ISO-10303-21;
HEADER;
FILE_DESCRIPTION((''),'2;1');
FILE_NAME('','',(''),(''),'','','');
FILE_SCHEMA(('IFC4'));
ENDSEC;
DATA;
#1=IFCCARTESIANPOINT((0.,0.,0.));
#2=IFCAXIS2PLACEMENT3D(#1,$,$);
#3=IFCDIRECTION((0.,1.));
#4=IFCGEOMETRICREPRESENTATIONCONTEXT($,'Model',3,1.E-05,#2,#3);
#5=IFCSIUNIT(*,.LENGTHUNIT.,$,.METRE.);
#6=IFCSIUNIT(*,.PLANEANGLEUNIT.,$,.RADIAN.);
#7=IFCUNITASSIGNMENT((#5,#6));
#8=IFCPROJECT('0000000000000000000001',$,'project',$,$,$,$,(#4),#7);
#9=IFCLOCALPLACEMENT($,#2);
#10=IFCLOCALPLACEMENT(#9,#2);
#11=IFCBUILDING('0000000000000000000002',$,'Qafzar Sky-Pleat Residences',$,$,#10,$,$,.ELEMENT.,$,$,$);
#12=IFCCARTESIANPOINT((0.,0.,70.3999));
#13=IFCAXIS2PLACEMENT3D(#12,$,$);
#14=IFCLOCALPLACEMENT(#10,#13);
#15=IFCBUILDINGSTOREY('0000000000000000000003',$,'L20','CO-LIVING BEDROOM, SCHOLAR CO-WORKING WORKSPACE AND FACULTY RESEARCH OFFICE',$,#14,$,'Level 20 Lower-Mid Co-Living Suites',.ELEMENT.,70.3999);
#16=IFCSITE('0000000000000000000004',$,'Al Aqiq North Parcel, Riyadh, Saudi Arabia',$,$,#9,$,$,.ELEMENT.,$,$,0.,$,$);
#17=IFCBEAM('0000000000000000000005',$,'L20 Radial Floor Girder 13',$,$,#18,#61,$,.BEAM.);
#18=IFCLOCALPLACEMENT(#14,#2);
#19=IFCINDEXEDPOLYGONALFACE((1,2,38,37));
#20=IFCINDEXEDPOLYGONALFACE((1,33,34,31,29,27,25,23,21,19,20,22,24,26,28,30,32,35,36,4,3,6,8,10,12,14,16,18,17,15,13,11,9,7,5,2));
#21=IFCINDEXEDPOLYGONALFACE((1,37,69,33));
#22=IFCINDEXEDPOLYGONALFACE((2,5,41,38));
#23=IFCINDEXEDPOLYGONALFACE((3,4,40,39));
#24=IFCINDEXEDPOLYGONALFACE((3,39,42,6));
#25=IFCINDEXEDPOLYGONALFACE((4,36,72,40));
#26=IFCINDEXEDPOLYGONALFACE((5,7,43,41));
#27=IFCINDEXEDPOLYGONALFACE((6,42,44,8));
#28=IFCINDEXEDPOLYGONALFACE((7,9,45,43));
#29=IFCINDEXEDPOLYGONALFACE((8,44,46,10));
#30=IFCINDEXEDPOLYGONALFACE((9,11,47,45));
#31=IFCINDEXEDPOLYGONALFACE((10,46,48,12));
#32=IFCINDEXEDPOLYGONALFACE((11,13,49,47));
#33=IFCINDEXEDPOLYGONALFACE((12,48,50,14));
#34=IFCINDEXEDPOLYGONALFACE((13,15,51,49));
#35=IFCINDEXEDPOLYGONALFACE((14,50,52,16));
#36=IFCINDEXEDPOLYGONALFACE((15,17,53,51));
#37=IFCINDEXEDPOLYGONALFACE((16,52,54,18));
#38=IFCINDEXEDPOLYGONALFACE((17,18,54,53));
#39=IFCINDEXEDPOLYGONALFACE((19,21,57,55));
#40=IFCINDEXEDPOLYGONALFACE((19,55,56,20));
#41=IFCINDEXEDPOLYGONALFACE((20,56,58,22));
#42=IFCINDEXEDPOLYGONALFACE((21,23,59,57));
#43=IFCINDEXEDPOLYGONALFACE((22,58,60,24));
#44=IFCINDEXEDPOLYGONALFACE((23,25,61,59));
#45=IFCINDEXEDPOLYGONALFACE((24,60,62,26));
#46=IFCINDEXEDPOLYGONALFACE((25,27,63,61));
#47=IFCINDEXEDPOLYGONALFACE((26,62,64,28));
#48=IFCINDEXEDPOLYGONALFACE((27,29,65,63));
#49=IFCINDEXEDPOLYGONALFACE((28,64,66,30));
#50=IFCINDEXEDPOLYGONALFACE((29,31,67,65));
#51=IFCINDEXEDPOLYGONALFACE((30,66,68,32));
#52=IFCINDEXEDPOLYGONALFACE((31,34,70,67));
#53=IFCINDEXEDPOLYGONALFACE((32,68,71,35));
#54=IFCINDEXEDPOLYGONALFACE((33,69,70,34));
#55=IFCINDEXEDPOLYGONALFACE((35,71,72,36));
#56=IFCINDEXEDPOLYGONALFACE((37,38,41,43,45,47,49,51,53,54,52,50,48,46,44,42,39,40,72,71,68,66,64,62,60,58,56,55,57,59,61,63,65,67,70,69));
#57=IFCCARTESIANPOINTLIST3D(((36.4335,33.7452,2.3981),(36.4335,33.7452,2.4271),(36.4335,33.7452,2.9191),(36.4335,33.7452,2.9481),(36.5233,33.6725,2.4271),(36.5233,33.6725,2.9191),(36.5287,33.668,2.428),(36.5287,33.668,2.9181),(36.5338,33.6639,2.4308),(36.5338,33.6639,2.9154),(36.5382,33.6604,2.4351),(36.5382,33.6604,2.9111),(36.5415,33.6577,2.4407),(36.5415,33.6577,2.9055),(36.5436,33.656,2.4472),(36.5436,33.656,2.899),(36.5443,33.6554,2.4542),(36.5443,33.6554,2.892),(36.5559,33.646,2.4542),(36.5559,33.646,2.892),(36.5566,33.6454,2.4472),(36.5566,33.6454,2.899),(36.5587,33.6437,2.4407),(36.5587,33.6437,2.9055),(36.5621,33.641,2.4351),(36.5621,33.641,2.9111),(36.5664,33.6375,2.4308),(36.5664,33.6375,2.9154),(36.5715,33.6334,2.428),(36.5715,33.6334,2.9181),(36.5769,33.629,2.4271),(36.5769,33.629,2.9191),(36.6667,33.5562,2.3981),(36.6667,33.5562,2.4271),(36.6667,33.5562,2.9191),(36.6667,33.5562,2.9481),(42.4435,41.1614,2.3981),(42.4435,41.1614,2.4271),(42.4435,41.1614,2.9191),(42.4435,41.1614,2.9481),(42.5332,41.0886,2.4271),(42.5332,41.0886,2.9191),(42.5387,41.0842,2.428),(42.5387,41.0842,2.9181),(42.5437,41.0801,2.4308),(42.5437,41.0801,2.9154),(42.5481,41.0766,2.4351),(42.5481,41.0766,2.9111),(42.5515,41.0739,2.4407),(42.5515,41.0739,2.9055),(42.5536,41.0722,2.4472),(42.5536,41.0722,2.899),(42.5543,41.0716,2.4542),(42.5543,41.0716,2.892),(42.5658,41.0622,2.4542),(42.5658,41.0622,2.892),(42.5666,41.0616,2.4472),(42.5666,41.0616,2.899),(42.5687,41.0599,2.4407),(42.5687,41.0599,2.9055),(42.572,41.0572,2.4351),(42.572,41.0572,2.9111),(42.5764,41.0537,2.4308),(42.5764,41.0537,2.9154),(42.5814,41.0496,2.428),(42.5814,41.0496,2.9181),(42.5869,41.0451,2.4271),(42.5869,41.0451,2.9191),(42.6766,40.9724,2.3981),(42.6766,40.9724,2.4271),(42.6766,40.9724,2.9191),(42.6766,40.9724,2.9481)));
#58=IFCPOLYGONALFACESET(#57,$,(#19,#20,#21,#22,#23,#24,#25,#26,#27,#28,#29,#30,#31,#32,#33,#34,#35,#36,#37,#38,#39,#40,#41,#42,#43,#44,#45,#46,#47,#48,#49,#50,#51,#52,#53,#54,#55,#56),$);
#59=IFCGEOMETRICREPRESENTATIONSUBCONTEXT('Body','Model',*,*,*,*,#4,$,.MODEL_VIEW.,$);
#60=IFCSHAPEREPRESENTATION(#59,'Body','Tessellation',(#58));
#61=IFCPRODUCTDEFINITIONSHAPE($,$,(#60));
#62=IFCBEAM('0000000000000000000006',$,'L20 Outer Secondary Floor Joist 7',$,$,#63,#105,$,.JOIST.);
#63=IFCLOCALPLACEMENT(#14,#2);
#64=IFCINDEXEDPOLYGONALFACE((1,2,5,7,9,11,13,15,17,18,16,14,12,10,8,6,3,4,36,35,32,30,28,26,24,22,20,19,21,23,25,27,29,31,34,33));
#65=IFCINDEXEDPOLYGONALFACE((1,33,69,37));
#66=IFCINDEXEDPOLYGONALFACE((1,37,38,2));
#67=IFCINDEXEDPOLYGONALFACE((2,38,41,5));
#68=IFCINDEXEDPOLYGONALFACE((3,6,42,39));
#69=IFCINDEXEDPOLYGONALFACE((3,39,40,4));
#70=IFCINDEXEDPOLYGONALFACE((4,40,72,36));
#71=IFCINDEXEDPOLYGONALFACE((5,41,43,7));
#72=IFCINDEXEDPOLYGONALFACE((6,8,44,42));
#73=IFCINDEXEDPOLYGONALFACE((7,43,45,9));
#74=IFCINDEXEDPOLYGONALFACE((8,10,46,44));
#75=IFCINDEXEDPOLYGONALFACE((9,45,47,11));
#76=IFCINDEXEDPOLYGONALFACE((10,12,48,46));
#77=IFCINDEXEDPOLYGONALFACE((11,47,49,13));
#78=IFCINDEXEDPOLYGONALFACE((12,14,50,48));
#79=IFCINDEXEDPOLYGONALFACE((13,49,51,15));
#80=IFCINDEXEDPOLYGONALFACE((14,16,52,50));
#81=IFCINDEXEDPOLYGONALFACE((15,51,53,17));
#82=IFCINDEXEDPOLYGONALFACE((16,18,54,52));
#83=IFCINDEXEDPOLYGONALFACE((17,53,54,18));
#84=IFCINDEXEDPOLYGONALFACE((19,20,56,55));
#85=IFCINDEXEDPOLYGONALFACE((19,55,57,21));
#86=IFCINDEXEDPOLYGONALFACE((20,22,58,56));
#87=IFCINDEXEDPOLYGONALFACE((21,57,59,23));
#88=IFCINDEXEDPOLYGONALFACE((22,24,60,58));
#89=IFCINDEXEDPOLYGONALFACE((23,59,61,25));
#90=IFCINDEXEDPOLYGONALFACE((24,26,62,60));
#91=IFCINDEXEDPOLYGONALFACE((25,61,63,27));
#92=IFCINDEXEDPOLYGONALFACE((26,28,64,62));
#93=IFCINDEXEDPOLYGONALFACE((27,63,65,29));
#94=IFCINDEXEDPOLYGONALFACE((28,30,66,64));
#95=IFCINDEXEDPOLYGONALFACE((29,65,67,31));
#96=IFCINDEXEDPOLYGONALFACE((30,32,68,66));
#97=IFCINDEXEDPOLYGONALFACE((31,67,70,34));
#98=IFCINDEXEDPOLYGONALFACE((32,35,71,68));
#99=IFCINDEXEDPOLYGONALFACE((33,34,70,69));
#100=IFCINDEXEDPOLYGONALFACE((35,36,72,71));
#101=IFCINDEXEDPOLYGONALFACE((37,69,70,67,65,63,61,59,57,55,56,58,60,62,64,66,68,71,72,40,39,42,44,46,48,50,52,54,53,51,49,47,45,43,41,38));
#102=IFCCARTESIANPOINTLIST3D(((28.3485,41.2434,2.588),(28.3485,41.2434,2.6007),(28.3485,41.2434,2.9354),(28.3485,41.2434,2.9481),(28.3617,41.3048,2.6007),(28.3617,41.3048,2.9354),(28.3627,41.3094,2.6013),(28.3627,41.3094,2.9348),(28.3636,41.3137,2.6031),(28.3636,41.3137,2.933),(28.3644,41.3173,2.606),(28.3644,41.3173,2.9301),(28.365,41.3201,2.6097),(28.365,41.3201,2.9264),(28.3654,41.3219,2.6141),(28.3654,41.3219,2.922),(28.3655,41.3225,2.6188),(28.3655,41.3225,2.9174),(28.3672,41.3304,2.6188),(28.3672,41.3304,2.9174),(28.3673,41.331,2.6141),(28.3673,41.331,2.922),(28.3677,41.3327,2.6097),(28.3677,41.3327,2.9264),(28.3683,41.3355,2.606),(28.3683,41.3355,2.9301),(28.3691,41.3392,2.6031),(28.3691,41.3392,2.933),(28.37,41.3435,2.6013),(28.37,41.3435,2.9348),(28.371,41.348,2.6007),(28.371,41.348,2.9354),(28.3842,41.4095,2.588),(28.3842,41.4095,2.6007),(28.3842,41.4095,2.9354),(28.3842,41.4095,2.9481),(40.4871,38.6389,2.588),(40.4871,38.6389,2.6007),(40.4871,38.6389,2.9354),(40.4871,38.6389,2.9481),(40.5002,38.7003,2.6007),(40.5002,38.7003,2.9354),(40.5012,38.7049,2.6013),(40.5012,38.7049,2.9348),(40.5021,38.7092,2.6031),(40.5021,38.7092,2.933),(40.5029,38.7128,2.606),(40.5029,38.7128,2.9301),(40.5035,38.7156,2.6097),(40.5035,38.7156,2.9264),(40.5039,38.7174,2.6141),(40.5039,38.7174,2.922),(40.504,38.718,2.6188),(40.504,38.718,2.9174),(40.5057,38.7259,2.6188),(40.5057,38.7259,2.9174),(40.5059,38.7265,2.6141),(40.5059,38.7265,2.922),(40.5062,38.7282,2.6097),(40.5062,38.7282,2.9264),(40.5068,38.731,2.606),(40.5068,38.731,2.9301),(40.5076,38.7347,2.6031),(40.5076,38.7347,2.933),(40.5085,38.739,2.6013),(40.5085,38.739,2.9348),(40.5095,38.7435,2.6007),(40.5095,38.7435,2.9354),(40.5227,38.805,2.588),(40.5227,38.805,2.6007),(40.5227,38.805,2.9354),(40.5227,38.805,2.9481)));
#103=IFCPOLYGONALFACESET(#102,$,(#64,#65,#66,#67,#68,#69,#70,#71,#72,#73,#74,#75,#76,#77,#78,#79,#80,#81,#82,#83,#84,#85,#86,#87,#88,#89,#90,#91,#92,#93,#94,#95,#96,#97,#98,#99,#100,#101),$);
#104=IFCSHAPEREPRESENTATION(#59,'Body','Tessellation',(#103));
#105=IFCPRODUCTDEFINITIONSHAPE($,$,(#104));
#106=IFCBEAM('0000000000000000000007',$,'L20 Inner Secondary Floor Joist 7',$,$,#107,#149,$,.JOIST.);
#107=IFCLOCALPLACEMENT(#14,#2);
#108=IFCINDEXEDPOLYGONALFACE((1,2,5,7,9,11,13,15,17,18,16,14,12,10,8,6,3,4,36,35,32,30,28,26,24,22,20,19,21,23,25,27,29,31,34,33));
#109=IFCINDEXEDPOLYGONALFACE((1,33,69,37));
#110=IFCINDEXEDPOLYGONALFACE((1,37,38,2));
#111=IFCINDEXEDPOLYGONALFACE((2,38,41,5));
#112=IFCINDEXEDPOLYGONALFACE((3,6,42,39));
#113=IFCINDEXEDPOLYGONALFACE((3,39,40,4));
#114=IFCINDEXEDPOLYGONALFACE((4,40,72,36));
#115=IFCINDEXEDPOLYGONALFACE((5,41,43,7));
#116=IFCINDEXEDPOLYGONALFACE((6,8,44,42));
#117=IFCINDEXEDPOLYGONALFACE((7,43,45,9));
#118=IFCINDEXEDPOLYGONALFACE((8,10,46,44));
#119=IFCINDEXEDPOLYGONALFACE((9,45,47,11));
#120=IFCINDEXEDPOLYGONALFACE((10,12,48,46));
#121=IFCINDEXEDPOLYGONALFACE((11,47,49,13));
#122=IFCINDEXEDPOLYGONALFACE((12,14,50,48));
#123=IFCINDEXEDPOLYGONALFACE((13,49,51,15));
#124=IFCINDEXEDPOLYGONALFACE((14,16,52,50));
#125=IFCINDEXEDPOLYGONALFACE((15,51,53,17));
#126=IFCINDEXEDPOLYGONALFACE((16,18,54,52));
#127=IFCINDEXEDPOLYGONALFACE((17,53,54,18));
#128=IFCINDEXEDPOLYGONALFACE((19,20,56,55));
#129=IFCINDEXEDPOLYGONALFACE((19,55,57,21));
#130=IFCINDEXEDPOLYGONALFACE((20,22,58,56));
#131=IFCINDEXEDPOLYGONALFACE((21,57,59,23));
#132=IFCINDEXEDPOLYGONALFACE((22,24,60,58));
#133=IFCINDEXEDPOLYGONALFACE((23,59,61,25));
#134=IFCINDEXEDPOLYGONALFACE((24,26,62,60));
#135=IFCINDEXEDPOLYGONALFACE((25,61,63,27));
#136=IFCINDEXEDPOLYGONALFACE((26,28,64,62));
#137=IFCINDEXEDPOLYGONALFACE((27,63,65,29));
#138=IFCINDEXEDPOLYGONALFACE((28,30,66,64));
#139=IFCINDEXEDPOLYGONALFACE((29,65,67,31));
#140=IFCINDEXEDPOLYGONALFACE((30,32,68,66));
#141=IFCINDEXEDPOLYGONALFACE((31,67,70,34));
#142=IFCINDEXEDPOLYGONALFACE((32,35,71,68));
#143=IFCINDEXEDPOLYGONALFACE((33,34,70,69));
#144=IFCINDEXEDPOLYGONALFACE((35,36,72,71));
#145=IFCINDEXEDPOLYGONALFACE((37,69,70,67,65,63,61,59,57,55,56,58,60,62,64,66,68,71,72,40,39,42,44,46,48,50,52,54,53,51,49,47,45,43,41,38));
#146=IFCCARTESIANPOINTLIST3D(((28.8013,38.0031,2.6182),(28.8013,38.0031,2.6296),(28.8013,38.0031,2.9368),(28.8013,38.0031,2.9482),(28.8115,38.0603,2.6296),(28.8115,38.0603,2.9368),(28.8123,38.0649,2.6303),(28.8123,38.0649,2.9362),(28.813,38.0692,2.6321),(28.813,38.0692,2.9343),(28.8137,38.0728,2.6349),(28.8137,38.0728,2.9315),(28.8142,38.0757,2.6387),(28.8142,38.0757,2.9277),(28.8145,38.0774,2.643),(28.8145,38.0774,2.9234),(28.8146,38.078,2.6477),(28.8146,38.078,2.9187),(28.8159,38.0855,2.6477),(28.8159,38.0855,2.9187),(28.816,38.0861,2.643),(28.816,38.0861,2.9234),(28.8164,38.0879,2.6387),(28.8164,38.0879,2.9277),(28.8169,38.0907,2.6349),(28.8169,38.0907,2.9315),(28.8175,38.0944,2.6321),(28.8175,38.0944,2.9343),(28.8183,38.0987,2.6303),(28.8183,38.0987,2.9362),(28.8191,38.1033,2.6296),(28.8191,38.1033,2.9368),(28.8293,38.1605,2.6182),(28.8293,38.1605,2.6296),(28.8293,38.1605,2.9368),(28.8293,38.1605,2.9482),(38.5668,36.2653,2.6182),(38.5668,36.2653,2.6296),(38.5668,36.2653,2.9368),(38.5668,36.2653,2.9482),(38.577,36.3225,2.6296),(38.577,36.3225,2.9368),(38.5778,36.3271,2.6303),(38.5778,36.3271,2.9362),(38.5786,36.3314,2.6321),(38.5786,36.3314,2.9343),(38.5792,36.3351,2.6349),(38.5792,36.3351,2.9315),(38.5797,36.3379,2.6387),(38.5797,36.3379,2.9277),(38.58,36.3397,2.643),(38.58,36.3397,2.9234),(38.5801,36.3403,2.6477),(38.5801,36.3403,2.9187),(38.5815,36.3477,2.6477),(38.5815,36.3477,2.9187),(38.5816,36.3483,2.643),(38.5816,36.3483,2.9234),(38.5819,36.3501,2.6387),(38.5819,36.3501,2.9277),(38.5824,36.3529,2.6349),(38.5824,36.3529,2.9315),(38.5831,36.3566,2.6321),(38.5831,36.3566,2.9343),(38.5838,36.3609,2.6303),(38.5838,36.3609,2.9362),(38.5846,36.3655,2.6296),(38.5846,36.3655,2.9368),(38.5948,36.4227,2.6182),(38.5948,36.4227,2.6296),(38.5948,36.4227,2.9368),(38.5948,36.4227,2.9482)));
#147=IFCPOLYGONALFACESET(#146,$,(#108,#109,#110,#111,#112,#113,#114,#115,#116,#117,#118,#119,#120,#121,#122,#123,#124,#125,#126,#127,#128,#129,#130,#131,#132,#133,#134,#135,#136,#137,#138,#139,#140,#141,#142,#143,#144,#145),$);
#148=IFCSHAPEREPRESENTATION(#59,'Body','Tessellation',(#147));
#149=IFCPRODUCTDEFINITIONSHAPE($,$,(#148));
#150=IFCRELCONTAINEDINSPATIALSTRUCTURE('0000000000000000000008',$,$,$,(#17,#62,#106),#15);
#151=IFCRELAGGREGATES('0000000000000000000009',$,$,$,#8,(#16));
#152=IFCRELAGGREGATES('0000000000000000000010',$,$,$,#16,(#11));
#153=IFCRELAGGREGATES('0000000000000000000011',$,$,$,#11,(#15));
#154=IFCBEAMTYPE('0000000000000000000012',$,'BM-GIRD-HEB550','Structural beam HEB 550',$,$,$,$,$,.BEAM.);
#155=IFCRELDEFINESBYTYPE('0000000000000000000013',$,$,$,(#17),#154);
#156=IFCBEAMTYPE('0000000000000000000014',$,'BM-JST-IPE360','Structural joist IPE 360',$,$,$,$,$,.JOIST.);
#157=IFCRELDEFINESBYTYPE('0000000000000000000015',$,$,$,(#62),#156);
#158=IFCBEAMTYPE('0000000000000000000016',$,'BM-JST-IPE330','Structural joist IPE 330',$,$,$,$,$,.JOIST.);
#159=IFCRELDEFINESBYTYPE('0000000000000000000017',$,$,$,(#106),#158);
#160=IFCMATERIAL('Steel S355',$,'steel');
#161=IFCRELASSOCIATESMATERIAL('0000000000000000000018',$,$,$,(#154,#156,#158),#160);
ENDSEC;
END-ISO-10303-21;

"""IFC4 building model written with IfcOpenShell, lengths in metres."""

from ifc_helpers import new_model, si_unit, direction, frame, origin, origin_2d, place, context, subcontext, project, spatial, i_section, extrude, source, transform, mapped, material, material_profile, profile_set, type_object, element, save


model = new_model("IFC4")

# Units and contexts
model_context = context("Model", 3, precision=1e-05, world=origin(), true_north=direction((0.0, 1.0)))
body_context = subcontext(model_context, "Body", "Model", "MODEL_VIEW")
ifc_project = project(units=[si_unit("LENGTHUNIT", "METRE"), si_unit("PLANEANGLEUNIT", "RADIAN")], contexts=[model_context])

# Site, building, storey
site_placement = place(None, origin())
site = spatial("IfcSite", under=ifc_project, at=site_placement, Name="Al Aqiq North Parcel, Riyadh, Saudi Arabia", CompositionType="ELEMENT", RefElevation=0.0)
building_placement = place(site_placement, origin())
building = spatial("IfcBuilding", under=site, at=building_placement, Name="Qafzar Sky-Pleat Residences", CompositionType="ELEMENT")
storey_placement = place(building_placement, frame((0.0, 0.0, 70.3999)))
storey = spatial("IfcBuildingStorey", under=building, at=storey_placement, Name="L20", Description="CO-LIVING BEDROOM, SCHOLAR CO-WORKING WORKSPACE AND FACULTY RESEARCH OFFICE", LongName="Level 20 Lower-Mid Co-Living Suites", CompositionType="ELEMENT", Elevation=70.3999)

# Beams
ifc_material_1 = material(Name="Steel S355", Category="steel")
ifc_material_profile_1 = material_profile(ifc_material_1, i_section(OverallWidth=0.3, OverallDepth=0.55, WebThickness=0.0149, FlangeThickness=0.0291, FilletRadius=0.0271, at=origin_2d()), Name="HEB 550")
ifc_profile_set_1 = profile_set([ifc_material_profile_1], Name="Steel S355")
beam_type_1 = type_object("IfcBeamType", Name="BM-GIRD-HEB550", Description="Structural beam HEB 550", PredefinedType="BEAM", material=ifc_profile_set_1)
shared_shape_1 = source(origin(), body_context, "Body", "SweptSolid", [
    extrude(i_section(OverallWidth=0.3, OverallDepth=0.55, WebThickness=0.0149, FlangeThickness=0.0291, FilletRadius=0.0271, at=origin_2d()), origin(), (0.0, 0.0, 1.0), 9.5457),
])
beam_1_placement = place(storey_placement, frame((42.5601, 41.0669, 2.6731), z_axis=(-0.629601, -0.776918, 0.0), x_axis=(0.776918, -0.629601, 0.0)))
element("IfcBeam", 1, at=beam_1_placement, inside=storey, type_object=beam_type_1, Name="L20 Radial Floor Girder 13", PredefinedType="BEAM", context=body_context, shape_type="MappedRepresentation", body=[
    mapped(shared_shape_1, transform((0.0, 0.0, 0.0), x_axis=(1.0, 0.0, 0.0), y_axis=(0.0, 1.0, 0.0), z_axis=(0.0, 0.0, 1.0), scale=1.0)),
])
ifc_material_profile_2 = material_profile(ifc_material_1, i_section(OverallWidth=0.1699, OverallDepth=0.3601, WebThickness=0.0081, FlangeThickness=0.0127, FilletRadius=0.0181, at=origin_2d()), Name="IPE 360")
ifc_profile_set_2 = profile_set([ifc_material_profile_2], Name="Steel S355")
beam_type_2 = type_object("IfcBeamType", Name="BM-JST-IPE360", Description="Structural joist IPE 360", PredefinedType="JOIST", material=ifc_profile_set_2)
shared_shape_2 = source(origin(), body_context, "Body", "SweptSolid", [
    extrude(i_section(OverallWidth=0.1699, OverallDepth=0.3601, WebThickness=0.0081, FlangeThickness=0.0127, FilletRadius=0.0181, at=origin_2d()), origin(), (0.0, 0.0, 1.0), 12.4148),
])
beam_2_placement = place(storey_placement, frame((40.5049, 38.7219, 2.7681), z_axis=(-0.977746, 0.209791, 0.0), x_axis=(-0.209791, -0.977746, 0.0)))
element("IfcBeam", 2, at=beam_2_placement, inside=storey, type_object=beam_type_2, Name="L20 Outer Secondary Floor Joist 7", PredefinedType="JOIST", context=body_context, shape_type="MappedRepresentation", body=[
    mapped(shared_shape_2, transform((0.0, 0.0, 0.0), x_axis=(1.0, 0.0, 0.0), y_axis=(0.0, 1.0, 0.0), z_axis=(0.0, 0.0, 1.0), scale=1.0)),
])
ifc_material_profile_3 = material_profile(ifc_material_1, i_section(OverallWidth=0.1599, OverallDepth=0.3301, WebThickness=0.0076, FlangeThickness=0.0115, FilletRadius=0.0181, at=origin_2d()), Name="IPE 330")
ifc_profile_set_3 = profile_set([ifc_material_profile_3], Name="Steel S355")
beam_type_3 = type_object("IfcBeamType", Name="BM-JST-IPE330", Description="Structural joist IPE 330", PredefinedType="JOIST", material=ifc_profile_set_3)
shared_shape_3 = source(origin(), body_context, "Body", "SweptSolid", [
    extrude(i_section(OverallWidth=0.1599, OverallDepth=0.3301, WebThickness=0.0076, FlangeThickness=0.0115, FilletRadius=0.0181, at=origin_2d()), origin(), (0.0, 0.0, 1.0), 9.9189),
])
beam_3_placement = place(storey_placement, frame((38.5808, 36.344, 2.7832), z_axis=(-0.984533, 0.175198, 0.0), x_axis=(-0.175198, -0.984533, 0.0)))
element("IfcBeam", 3, at=beam_3_placement, inside=storey, type_object=beam_type_3, Name="L20 Inner Secondary Floor Joist 7", PredefinedType="JOIST", context=body_context, shape_type="MappedRepresentation", body=[
    mapped(shared_shape_3, transform((0.0, 0.0, 0.0), x_axis=(1.0, 0.0, 0.0), y_axis=(0.0, 1.0, 0.0), z_axis=(0.0, 0.0, 1.0), scale=1.0)),
])

save(model, "model.ifc")
